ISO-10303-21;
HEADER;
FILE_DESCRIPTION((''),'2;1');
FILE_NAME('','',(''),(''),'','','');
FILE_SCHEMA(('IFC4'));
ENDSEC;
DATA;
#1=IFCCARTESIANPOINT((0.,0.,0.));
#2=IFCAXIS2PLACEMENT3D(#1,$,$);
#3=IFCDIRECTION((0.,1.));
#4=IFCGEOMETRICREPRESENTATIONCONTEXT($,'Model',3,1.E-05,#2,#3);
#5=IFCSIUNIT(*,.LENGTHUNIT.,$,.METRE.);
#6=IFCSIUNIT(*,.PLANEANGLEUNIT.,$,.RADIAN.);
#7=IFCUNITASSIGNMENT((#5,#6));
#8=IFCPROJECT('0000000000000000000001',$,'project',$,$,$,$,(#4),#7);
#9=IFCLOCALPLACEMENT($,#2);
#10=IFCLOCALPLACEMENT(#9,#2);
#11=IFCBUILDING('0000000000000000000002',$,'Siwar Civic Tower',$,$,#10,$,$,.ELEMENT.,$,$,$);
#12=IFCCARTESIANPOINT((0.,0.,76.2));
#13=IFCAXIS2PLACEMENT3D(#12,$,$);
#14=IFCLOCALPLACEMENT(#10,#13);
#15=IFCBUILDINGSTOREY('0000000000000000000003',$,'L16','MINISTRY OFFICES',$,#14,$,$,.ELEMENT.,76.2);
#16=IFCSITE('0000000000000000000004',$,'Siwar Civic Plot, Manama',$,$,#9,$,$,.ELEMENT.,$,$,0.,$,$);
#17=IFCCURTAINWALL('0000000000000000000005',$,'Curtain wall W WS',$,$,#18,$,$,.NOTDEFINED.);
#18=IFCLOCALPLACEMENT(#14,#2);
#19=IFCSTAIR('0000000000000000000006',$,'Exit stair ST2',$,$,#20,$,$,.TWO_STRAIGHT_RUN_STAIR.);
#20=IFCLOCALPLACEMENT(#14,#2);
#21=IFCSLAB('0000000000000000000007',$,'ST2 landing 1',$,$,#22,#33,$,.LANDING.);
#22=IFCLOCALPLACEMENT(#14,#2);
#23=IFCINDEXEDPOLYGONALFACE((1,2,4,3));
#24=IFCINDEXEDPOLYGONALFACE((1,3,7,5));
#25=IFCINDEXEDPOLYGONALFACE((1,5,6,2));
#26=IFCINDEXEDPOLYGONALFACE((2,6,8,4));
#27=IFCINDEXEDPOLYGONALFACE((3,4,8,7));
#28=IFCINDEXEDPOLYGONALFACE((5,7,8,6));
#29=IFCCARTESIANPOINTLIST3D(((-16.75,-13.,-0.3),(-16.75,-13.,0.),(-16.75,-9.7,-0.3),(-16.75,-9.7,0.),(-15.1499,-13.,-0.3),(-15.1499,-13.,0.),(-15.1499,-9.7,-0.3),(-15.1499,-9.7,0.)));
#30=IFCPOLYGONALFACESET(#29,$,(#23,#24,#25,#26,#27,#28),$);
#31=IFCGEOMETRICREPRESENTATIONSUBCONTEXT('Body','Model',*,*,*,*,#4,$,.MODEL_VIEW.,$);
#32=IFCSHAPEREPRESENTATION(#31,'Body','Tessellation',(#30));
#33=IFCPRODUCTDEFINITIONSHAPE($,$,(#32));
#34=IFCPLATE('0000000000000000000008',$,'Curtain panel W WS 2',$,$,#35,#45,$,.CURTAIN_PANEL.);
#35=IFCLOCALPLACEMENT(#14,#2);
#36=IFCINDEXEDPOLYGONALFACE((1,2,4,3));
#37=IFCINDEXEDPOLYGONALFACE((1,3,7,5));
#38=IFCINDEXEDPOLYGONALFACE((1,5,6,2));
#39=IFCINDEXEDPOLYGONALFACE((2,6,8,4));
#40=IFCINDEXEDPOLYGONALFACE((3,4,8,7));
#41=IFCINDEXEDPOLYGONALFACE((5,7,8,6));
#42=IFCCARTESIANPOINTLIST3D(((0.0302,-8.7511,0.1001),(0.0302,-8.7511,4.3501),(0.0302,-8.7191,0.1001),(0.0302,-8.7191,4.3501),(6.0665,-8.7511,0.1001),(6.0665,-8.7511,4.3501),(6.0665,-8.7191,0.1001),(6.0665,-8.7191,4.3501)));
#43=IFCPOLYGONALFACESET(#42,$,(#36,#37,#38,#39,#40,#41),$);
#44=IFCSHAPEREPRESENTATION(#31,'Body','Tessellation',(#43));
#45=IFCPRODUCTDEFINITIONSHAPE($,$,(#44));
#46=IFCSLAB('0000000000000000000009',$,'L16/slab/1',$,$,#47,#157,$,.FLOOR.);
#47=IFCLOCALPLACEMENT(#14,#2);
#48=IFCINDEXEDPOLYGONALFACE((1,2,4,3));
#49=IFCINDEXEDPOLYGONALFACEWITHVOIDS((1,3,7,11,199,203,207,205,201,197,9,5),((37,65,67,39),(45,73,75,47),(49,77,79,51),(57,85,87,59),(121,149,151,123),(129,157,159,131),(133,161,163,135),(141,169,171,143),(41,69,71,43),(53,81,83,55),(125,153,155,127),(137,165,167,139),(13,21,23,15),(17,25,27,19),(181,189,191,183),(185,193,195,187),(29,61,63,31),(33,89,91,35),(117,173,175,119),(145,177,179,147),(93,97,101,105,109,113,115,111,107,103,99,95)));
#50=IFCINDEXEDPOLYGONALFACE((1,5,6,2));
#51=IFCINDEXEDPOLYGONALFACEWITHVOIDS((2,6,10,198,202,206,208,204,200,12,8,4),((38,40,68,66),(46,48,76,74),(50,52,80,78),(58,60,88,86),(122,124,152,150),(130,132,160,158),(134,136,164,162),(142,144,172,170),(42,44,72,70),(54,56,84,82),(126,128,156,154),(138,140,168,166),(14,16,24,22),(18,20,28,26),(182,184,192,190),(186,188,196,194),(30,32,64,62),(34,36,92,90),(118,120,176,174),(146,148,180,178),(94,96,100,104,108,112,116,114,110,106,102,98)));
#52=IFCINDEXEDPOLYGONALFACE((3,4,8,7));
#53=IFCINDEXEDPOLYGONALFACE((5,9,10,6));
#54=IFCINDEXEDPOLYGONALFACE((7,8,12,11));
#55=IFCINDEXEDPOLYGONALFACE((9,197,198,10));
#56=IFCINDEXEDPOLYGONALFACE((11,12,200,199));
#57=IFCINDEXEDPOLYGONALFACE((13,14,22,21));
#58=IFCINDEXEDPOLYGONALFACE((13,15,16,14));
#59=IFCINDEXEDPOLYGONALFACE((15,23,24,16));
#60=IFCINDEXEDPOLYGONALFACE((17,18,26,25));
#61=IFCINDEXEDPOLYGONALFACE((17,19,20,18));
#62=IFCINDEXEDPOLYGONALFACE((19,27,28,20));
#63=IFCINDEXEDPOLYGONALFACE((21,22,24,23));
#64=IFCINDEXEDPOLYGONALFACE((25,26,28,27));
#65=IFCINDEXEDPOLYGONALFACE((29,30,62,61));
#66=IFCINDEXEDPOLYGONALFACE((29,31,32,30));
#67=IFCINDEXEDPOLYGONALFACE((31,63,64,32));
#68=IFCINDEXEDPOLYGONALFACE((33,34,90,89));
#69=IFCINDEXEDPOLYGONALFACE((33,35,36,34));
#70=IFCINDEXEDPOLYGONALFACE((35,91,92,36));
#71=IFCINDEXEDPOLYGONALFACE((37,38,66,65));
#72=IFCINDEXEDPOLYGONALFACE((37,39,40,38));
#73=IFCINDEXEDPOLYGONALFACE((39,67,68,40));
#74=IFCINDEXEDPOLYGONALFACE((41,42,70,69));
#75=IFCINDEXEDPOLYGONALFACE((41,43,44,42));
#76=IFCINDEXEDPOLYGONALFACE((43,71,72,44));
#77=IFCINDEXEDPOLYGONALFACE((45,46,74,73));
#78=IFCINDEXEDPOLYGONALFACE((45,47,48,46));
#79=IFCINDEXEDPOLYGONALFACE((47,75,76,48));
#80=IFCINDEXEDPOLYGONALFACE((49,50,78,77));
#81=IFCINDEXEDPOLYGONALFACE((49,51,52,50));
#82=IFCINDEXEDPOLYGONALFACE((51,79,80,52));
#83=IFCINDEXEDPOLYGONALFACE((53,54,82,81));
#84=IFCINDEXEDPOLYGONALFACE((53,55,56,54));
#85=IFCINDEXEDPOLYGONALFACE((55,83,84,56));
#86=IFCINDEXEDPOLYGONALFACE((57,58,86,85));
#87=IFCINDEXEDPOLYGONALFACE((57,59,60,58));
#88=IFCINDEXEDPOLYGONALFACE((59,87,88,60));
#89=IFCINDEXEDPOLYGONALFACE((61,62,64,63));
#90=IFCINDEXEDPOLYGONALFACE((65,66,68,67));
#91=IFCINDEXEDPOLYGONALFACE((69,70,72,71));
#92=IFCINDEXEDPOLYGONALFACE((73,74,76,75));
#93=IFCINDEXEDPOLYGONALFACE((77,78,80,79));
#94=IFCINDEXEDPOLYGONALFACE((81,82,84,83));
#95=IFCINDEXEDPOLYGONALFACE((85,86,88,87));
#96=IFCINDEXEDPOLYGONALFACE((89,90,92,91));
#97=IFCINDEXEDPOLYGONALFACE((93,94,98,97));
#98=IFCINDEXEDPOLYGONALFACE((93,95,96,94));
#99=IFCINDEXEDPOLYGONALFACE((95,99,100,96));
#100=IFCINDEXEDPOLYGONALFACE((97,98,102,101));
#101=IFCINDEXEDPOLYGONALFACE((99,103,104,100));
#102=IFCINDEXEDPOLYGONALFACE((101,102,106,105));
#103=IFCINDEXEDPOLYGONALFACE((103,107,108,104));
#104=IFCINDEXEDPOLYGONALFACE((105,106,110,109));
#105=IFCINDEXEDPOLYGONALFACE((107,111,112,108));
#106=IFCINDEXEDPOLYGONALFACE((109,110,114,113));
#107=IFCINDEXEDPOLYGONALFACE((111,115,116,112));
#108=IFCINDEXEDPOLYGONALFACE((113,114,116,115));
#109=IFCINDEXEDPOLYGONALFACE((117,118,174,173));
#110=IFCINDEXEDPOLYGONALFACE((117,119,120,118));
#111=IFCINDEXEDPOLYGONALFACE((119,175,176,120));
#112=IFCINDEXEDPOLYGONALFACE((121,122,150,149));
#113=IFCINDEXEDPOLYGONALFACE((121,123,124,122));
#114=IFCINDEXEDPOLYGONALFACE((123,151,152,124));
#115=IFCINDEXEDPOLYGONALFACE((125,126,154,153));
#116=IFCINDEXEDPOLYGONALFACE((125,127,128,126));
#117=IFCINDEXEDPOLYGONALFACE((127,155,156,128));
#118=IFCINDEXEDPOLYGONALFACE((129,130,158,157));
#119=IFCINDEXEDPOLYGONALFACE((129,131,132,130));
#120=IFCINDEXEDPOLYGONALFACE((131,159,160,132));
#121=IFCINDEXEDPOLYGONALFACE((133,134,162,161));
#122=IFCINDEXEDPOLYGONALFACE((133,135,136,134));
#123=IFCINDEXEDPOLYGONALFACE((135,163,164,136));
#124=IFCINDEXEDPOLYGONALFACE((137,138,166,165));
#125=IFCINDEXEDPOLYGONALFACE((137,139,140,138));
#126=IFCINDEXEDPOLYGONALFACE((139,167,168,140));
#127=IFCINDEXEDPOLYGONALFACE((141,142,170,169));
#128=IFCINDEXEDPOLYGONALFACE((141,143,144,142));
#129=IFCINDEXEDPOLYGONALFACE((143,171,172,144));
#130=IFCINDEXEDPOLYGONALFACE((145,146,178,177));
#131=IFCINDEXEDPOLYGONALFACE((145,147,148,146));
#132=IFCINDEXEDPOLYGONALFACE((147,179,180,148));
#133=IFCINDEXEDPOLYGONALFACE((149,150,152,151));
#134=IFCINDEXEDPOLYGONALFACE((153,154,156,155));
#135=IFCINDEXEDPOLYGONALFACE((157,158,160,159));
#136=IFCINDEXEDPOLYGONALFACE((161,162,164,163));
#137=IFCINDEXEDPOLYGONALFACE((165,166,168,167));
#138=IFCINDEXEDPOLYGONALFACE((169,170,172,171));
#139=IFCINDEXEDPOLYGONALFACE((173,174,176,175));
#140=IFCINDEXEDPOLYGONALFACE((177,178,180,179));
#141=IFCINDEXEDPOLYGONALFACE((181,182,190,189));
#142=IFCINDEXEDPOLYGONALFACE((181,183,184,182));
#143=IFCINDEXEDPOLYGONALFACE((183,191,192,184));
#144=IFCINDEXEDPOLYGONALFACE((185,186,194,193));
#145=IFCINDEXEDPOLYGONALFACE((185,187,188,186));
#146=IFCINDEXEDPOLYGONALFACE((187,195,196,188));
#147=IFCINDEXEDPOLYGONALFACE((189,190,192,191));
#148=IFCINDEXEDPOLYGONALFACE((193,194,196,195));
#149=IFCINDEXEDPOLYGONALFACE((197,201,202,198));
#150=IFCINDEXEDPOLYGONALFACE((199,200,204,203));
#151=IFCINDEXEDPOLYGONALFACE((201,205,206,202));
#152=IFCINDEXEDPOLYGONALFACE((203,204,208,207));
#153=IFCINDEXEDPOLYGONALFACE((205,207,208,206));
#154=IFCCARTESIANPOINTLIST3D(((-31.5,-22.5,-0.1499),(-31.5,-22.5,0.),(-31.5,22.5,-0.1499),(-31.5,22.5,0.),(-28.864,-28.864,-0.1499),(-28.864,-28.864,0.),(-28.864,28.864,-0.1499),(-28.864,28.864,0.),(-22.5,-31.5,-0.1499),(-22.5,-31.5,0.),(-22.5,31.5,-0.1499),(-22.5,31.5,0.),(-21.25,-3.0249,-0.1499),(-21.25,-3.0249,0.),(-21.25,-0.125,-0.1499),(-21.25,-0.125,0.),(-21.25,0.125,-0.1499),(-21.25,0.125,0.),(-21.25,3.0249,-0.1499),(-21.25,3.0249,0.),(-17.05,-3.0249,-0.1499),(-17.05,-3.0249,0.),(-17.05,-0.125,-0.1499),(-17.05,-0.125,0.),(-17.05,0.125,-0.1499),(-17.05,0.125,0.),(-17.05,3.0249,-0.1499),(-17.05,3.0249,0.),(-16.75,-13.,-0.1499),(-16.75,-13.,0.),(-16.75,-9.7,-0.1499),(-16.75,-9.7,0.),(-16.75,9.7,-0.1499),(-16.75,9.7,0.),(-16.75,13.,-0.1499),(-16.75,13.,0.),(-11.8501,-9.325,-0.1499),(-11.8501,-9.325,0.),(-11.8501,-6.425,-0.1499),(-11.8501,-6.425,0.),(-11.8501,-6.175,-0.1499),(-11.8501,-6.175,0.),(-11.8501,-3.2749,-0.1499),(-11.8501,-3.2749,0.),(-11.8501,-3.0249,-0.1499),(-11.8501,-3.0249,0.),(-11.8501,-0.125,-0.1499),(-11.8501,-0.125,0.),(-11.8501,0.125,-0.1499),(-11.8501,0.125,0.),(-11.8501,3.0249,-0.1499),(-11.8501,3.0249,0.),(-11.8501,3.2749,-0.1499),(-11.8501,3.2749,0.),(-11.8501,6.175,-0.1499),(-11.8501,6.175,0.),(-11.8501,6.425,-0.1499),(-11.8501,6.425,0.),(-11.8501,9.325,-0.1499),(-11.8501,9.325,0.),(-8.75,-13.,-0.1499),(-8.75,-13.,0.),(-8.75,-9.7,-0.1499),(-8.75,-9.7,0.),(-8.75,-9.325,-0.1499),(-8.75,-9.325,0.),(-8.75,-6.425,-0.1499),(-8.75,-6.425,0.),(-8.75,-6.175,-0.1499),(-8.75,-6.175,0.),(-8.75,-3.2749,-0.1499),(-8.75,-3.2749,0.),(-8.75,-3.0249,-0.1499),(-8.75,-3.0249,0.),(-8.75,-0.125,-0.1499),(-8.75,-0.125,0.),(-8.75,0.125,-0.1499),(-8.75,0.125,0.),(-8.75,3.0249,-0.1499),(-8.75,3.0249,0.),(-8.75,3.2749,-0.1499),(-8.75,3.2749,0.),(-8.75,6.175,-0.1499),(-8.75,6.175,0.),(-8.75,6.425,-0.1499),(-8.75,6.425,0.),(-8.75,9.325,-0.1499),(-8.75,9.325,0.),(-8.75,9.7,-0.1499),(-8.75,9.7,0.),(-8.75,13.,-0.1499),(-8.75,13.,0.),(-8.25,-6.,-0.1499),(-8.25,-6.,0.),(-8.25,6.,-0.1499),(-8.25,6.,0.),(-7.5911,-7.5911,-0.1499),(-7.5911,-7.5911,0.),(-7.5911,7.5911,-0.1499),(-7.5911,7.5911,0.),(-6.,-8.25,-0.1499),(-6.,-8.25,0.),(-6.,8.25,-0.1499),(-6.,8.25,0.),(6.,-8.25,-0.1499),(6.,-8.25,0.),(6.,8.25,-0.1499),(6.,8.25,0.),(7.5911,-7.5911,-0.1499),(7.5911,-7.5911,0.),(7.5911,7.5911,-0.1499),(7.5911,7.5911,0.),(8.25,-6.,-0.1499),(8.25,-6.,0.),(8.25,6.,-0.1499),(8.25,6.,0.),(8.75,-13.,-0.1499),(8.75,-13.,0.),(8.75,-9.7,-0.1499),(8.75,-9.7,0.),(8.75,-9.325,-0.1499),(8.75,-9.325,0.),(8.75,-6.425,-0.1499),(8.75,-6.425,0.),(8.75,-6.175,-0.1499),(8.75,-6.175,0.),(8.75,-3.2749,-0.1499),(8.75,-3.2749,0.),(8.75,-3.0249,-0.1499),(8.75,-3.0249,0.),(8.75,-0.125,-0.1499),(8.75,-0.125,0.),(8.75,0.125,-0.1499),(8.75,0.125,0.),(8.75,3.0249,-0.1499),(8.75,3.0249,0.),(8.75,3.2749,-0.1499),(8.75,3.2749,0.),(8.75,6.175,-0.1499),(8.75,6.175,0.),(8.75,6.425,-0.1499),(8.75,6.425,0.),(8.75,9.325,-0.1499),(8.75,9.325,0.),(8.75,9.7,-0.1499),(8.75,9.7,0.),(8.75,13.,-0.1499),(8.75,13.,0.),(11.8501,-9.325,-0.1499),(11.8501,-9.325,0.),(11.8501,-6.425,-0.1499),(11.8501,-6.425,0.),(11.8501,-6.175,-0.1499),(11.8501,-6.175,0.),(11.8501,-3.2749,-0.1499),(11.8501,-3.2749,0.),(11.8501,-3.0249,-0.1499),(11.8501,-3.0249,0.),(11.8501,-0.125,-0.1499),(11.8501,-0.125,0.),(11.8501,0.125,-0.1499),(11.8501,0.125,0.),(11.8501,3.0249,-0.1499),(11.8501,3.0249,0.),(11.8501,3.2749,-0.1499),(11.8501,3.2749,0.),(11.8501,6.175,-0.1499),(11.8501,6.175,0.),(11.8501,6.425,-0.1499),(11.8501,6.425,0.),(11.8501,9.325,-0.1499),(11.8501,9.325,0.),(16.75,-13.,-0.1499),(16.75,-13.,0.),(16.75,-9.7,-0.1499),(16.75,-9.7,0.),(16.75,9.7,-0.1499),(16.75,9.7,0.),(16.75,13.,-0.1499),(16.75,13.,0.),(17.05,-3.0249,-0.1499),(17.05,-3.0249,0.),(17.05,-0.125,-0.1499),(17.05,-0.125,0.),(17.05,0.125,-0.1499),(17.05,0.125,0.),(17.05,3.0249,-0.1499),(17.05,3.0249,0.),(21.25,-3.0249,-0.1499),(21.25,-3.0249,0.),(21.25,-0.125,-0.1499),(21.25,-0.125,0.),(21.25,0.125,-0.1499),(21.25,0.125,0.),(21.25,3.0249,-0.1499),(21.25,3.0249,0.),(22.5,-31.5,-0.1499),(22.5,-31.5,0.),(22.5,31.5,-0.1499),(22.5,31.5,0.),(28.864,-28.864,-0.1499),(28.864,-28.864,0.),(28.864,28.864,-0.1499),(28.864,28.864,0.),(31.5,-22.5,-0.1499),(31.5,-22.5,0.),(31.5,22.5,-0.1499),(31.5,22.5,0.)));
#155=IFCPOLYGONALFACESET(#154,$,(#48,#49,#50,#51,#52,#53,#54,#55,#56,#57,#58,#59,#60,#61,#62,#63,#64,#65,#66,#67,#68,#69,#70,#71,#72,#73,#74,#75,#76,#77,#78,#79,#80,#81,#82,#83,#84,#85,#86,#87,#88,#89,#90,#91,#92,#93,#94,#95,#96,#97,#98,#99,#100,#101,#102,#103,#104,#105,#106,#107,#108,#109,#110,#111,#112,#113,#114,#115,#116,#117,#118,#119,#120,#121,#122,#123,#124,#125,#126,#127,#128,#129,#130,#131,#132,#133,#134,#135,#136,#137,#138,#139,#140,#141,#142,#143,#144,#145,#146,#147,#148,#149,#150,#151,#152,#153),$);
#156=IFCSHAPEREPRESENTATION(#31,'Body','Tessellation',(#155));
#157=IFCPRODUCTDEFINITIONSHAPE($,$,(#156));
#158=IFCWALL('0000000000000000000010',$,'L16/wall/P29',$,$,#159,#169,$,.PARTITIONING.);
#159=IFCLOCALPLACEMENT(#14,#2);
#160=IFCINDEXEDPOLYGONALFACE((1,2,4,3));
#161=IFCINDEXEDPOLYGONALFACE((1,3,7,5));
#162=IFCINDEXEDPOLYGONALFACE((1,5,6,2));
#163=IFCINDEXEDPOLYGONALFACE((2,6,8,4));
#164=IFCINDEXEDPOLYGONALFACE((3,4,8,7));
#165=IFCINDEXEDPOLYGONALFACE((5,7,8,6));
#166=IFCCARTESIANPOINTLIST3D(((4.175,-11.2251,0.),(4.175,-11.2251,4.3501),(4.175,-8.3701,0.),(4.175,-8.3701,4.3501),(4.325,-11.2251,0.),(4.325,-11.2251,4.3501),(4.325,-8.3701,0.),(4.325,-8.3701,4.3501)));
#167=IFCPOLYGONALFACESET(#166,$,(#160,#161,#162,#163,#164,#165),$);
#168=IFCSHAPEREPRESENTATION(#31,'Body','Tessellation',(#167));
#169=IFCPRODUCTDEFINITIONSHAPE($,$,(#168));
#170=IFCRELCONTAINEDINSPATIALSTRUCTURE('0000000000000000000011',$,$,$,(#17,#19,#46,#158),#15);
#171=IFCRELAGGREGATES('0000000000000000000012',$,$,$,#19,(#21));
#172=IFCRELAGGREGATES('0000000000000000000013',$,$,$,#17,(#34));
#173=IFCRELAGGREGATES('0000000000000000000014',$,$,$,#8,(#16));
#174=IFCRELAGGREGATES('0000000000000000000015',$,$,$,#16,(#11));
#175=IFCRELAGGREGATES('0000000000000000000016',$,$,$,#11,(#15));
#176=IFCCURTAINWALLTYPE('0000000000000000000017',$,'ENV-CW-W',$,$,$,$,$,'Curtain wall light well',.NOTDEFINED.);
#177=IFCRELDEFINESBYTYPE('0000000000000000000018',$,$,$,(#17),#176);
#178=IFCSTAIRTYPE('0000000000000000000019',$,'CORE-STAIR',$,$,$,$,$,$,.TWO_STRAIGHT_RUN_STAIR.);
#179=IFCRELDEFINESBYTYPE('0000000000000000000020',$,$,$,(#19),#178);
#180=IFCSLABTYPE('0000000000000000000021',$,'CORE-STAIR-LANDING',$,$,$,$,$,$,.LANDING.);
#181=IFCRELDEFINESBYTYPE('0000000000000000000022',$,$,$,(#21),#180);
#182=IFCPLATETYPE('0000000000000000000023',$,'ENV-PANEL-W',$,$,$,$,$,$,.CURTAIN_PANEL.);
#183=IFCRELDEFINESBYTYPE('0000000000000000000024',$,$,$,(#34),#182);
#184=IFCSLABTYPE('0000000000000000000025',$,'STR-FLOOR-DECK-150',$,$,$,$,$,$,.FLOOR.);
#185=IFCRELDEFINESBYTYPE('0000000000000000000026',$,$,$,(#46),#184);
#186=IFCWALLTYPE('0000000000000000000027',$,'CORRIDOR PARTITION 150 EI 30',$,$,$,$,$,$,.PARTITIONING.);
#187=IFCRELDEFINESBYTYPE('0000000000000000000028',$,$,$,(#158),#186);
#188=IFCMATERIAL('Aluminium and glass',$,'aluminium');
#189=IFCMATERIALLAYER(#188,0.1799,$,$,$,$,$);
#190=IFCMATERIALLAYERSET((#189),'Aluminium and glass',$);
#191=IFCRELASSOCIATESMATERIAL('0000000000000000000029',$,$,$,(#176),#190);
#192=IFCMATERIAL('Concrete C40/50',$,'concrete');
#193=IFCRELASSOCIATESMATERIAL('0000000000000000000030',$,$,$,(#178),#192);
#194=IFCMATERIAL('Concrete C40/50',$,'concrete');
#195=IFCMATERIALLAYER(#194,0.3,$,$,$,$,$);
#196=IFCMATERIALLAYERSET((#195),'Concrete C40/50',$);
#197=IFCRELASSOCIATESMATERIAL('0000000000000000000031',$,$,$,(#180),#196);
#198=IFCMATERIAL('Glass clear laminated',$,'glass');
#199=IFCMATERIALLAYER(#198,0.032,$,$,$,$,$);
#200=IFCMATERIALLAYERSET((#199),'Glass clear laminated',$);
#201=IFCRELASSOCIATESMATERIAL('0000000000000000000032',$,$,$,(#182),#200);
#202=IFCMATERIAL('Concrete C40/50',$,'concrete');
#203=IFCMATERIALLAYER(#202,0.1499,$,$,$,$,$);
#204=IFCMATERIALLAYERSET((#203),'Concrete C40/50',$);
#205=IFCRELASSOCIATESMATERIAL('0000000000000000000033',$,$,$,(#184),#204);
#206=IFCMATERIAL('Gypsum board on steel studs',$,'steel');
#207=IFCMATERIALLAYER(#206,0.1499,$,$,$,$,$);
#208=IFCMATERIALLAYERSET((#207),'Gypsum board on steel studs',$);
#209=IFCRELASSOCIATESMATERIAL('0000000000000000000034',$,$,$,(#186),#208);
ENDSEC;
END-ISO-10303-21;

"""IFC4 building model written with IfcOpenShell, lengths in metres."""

from ifc_helpers import new_model, si_unit, direction, frame, frame_2d, origin, origin_2d, place, context, subcontext, project, spatial, polyline, rectangle, outline, extrude, material, layer, layer_set, type_object, element, aggregate, save


model = new_model("IFC4")

# Units and contexts
model_context = context("Model", 3, precision=1e-05, world=origin(), true_north=direction((0.0, 1.0)))
body_context = subcontext(model_context, "Body", "Model", "MODEL_VIEW")
ifc_project = project(units=[si_unit("LENGTHUNIT", "METRE"), si_unit("PLANEANGLEUNIT", "RADIAN")], contexts=[model_context])

# Site, building, storey
site_placement = place(None, origin())
site = spatial("IfcSite", under=ifc_project, at=site_placement, Name="Siwar Civic Plot, Manama", CompositionType="ELEMENT", RefElevation=0.0)
building_placement = place(site_placement, origin())
building = spatial("IfcBuilding", under=site, at=building_placement, Name="Siwar Civic Tower", CompositionType="ELEMENT")
storey_placement = place(building_placement, frame((0.0, 0.0, 76.2)))
storey = spatial("IfcBuildingStorey", under=building, at=storey_placement, Name="L16", Description="MINISTRY OFFICES", CompositionType="ELEMENT", Elevation=76.2)

# Curtain wall
ifc_material_1 = material(Name="Aluminium and glass", Category="aluminium")
ifc_layer_1 = layer(ifc_material_1, 0.1799)
ifc_layer_set_1 = layer_set([ifc_layer_1], Name="Aluminium and glass")
curtain_wall_type = type_object("IfcCurtainWallType", Name="ENV-CW-W", ElementType="Curtain wall light well", PredefinedType="NOTDEFINED", material=ifc_layer_set_1)
curtain_wall_placement = place(storey_placement, origin())
curtain_wall = element("IfcCurtainWall", 1, at=curtain_wall_placement, inside=storey, type_object=curtain_wall_type, Name="Curtain wall W WS", PredefinedType="NOTDEFINED")

# Shared definitions
ifc_material_2 = material(Name="Concrete C40/50", Category="concrete")
stair_type = type_object("IfcStairType", Name="CORE-STAIR", PredefinedType="TWO_STRAIGHT_RUN_STAIR", material=ifc_material_2)
ifc_material_3 = material(Name="Concrete C40/50", Category="concrete")
ifc_layer_2 = layer(ifc_material_3, 0.3)
ifc_layer_set_2 = layer_set([ifc_layer_2], Name="Concrete C40/50")
slab_type_1 = type_object("IfcSlabType", Name="CORE-STAIR-LANDING", PredefinedType="LANDING", material=ifc_layer_set_2)

# Stair, slab
stair_1_placement = place(storey_placement, origin())
stair_1 = element("IfcStair", 2, at=stair_1_placement, inside=storey, type_object=stair_type, Name="Exit stair ST2", PredefinedType="TWO_STRAIGHT_RUN_STAIR")
slab_1_placement = place(storey_placement, frame((0.0, 0.0, -0.3)))
slab_1 = element("IfcSlab", 3, at=slab_1_placement, type_object=slab_type_1, Name="ST2 landing 1", PredefinedType="LANDING", context=body_context, shape_type="SweptSolid", body=[
    extrude(outline(polyline([(-15.1499, -9.7), (-16.75, -9.7), (-16.75, -13.0), (-15.1499, -13.0), (-15.1499, -9.7)])), origin(), (0.0, 0.0, 1.0), 0.3),
])
aggregate(stair_1, [slab_1])

# Plate
ifc_material_4 = material(Name="Glass clear laminated", Category="glass")
ifc_layer_3 = layer(ifc_material_4, 0.032)
ifc_layer_set_3 = layer_set([ifc_layer_3], Name="Glass clear laminated")
plate_type = type_object("IfcPlateType", Name="ENV-PANEL-W", PredefinedType="CURTAIN_PANEL", material=ifc_layer_set_3)
plate_placement = place(storey_placement, frame((3.0483, -8.7351, 0.1001), z_axis=(0.0, 0.0, 1.0), x_axis=(1.0, 0.0, 0.0)))
plate = element("IfcPlate", 4, at=plate_placement, type_object=plate_type, Name="Curtain panel W WS 2", PredefinedType="CURTAIN_PANEL", context=body_context, shape_type="SweptSolid", body=[
    extrude(rectangle(XDim=6.0364, YDim=0.032, at=origin_2d()), origin(), (0.0, 0.0, 1.0), 4.25),
])
aggregate(curtain_wall, [plate])

# Slab
ifc_material_5 = material(Name="Concrete C40/50", Category="concrete")
ifc_layer_4 = layer(ifc_material_5, 0.1499)
ifc_layer_set_4 = layer_set([ifc_layer_4], Name="Concrete C40/50")
slab_type_2 = type_object("IfcSlabType", Name="STR-FLOOR-DECK-150", PredefinedType="FLOOR", material=ifc_layer_set_4)
slab_2_placement = place(storey_placement, frame((0.0, 0.0, -0.1499)))
element("IfcSlab", 5, at=slab_2_placement, inside=storey, type_object=slab_type_2, Name="L16/slab/1", PredefinedType="FLOOR", context=body_context, shape_type="SweptSolid", body=[
    extrude(outline(polyline([(-22.5, -31.5), (22.5, -31.5), (28.864, -28.864), (31.5, -22.5), (31.5, 22.5), (28.864, 28.864), (22.5, 31.5), (-22.5, 31.5), (-28.864, 28.864), (-31.5, 22.5), (-31.5, -22.5), (-28.864, -28.864), (-22.5, -31.5)]), holes=[polyline([(21.25, 3.0249), (21.25, 0.125), (17.05, 0.125), (17.05, 3.0249), (21.25, 3.0249)]), polyline([(17.05, -0.125), (21.25, -0.125), (21.25, -3.0249), (17.05, -3.0249), (17.05, -0.125)]), polyline([(16.75, 13.0), (16.75, 9.7), (8.75, 9.7), (8.75, 13.0), (16.75, 13.0)]), polyline([(8.75, -9.7), (16.75, -9.7), (16.75, -13.0), (8.75, -13.0), (8.75, -9.7)]), polyline([(11.8501, 9.325), (11.8501, 6.425), (8.75, 6.425), (8.75, 9.325), (11.8501, 9.325)]), polyline([(11.8501, 3.0249), (11.8501, 0.125), (8.75, 0.125), (8.75, 3.0249), (11.8501, 3.0249)]), polyline([(11.8501, -0.125), (11.8501, -3.0249), (8.75, -3.0249), (8.75, -0.125), (11.8501, -0.125)]), polyline([(11.8501, -3.2749), (11.8501, -6.175), (8.75, -6.175), (8.75, -3.2749), (11.8501, -3.2749)]), polyline([(8.75, 6.175), (11.8501, 6.175), (11.8501, 3.2749), (8.75, 3.2749), (8.75, 6.175)]), polyline([(8.75, -6.425), (11.8501, -6.425), (11.8501, -9.325), (8.75, -9.325), (8.75, -6.425)]), polyline([(-6.0, 8.25), (6.0, 8.25), (7.5911, 7.5911), (8.25, 6.0), (8.25, -6.0), (7.5911, -7.5911), (6.0, -8.25), (-6.0, -8.25), (-7.5911, -7.5911), (-8.25, -6.0), (-8.25, 6.0), (-7.5911, 7.5911), (-6.0, 8.25)]), polyline([(-8.75, 9.7), (-16.75, 9.7), (-16.75, 13.0), (-8.75, 13.0), (-8.75, 9.7)]), polyline([(-8.75, 0.125), (-11.8501, 0.125), (-11.8501, 3.0249), (-8.75, 3.0249), (-8.75, 0.125)]), polyline([(-8.75, -6.175), (-11.8501, -6.175), (-11.8501, -3.2749), (-8.75, -3.2749), (-8.75, -6.175)]), polyline([(-8.75, -9.325), (-11.8501, -9.325), (-11.8501, -6.425), (-8.75, -6.425), (-8.75, -9.325)]), polyline([(-8.75, -13.0), (-16.75, -13.0), (-16.75, -9.7), (-8.75, -9.7), (-8.75, -13.0)]), polyline([(-11.8501, 6.425), (-11.8501, 9.325), (-8.75, 9.325), (-8.75, 6.425), (-11.8501, 6.425)]), polyline([(-11.8501, 3.2749), (-11.8501, 6.175), (-8.75, 6.175), (-8.75, 3.2749), (-11.8501, 3.2749)]), polyline([(-11.8501, -3.0249), (-11.8501, -0.125), (-8.75, -0.125), (-8.75, -3.0249), (-11.8501, -3.0249)]), polyline([(-21.25, -3.0249), (-21.25, -0.125), (-17.05, -0.125), (-17.05, -3.0249), (-21.25, -3.0249)]), polyline([(-17.05, 0.125), (-21.25, 0.125), (-21.25, 3.0249), (-17.05, 3.0249), (-17.05, 0.125)])]), origin(), (0.0, 0.0, 1.0), 0.1499),
])

# Wall
ifc_material_6 = material(Name="Gypsum board on steel studs", Category="steel")
ifc_layer_5 = layer(ifc_material_6, 0.1499)
ifc_layer_set_5 = layer_set([ifc_layer_5], Name="Gypsum board on steel studs")
wall_type_1 = type_object("IfcWallType", Name="CORRIDOR PARTITION 150 EI 30", PredefinedType="PARTITIONING", material=ifc_layer_set_5)
wall_1_placement = place(storey_placement, frame((4.25, -11.2251, 0.0), z_axis=(0.0, 0.0, 1.0), x_axis=(0.0, 1.0, 0.0)))
element("IfcWall", 6, at=wall_1_placement, inside=storey, type_object=wall_type_1, Name="L16/wall/P29", PredefinedType="PARTITIONING", context=body_context, shape_type="SweptSolid", body=[
    extrude(rectangle(XDim=2.855, YDim=0.1499, at=frame_2d((1.4275, 0.0))), origin(), (0.0, 0.0, 1.0), 4.3501),
])

save(model, "model.ifc")
